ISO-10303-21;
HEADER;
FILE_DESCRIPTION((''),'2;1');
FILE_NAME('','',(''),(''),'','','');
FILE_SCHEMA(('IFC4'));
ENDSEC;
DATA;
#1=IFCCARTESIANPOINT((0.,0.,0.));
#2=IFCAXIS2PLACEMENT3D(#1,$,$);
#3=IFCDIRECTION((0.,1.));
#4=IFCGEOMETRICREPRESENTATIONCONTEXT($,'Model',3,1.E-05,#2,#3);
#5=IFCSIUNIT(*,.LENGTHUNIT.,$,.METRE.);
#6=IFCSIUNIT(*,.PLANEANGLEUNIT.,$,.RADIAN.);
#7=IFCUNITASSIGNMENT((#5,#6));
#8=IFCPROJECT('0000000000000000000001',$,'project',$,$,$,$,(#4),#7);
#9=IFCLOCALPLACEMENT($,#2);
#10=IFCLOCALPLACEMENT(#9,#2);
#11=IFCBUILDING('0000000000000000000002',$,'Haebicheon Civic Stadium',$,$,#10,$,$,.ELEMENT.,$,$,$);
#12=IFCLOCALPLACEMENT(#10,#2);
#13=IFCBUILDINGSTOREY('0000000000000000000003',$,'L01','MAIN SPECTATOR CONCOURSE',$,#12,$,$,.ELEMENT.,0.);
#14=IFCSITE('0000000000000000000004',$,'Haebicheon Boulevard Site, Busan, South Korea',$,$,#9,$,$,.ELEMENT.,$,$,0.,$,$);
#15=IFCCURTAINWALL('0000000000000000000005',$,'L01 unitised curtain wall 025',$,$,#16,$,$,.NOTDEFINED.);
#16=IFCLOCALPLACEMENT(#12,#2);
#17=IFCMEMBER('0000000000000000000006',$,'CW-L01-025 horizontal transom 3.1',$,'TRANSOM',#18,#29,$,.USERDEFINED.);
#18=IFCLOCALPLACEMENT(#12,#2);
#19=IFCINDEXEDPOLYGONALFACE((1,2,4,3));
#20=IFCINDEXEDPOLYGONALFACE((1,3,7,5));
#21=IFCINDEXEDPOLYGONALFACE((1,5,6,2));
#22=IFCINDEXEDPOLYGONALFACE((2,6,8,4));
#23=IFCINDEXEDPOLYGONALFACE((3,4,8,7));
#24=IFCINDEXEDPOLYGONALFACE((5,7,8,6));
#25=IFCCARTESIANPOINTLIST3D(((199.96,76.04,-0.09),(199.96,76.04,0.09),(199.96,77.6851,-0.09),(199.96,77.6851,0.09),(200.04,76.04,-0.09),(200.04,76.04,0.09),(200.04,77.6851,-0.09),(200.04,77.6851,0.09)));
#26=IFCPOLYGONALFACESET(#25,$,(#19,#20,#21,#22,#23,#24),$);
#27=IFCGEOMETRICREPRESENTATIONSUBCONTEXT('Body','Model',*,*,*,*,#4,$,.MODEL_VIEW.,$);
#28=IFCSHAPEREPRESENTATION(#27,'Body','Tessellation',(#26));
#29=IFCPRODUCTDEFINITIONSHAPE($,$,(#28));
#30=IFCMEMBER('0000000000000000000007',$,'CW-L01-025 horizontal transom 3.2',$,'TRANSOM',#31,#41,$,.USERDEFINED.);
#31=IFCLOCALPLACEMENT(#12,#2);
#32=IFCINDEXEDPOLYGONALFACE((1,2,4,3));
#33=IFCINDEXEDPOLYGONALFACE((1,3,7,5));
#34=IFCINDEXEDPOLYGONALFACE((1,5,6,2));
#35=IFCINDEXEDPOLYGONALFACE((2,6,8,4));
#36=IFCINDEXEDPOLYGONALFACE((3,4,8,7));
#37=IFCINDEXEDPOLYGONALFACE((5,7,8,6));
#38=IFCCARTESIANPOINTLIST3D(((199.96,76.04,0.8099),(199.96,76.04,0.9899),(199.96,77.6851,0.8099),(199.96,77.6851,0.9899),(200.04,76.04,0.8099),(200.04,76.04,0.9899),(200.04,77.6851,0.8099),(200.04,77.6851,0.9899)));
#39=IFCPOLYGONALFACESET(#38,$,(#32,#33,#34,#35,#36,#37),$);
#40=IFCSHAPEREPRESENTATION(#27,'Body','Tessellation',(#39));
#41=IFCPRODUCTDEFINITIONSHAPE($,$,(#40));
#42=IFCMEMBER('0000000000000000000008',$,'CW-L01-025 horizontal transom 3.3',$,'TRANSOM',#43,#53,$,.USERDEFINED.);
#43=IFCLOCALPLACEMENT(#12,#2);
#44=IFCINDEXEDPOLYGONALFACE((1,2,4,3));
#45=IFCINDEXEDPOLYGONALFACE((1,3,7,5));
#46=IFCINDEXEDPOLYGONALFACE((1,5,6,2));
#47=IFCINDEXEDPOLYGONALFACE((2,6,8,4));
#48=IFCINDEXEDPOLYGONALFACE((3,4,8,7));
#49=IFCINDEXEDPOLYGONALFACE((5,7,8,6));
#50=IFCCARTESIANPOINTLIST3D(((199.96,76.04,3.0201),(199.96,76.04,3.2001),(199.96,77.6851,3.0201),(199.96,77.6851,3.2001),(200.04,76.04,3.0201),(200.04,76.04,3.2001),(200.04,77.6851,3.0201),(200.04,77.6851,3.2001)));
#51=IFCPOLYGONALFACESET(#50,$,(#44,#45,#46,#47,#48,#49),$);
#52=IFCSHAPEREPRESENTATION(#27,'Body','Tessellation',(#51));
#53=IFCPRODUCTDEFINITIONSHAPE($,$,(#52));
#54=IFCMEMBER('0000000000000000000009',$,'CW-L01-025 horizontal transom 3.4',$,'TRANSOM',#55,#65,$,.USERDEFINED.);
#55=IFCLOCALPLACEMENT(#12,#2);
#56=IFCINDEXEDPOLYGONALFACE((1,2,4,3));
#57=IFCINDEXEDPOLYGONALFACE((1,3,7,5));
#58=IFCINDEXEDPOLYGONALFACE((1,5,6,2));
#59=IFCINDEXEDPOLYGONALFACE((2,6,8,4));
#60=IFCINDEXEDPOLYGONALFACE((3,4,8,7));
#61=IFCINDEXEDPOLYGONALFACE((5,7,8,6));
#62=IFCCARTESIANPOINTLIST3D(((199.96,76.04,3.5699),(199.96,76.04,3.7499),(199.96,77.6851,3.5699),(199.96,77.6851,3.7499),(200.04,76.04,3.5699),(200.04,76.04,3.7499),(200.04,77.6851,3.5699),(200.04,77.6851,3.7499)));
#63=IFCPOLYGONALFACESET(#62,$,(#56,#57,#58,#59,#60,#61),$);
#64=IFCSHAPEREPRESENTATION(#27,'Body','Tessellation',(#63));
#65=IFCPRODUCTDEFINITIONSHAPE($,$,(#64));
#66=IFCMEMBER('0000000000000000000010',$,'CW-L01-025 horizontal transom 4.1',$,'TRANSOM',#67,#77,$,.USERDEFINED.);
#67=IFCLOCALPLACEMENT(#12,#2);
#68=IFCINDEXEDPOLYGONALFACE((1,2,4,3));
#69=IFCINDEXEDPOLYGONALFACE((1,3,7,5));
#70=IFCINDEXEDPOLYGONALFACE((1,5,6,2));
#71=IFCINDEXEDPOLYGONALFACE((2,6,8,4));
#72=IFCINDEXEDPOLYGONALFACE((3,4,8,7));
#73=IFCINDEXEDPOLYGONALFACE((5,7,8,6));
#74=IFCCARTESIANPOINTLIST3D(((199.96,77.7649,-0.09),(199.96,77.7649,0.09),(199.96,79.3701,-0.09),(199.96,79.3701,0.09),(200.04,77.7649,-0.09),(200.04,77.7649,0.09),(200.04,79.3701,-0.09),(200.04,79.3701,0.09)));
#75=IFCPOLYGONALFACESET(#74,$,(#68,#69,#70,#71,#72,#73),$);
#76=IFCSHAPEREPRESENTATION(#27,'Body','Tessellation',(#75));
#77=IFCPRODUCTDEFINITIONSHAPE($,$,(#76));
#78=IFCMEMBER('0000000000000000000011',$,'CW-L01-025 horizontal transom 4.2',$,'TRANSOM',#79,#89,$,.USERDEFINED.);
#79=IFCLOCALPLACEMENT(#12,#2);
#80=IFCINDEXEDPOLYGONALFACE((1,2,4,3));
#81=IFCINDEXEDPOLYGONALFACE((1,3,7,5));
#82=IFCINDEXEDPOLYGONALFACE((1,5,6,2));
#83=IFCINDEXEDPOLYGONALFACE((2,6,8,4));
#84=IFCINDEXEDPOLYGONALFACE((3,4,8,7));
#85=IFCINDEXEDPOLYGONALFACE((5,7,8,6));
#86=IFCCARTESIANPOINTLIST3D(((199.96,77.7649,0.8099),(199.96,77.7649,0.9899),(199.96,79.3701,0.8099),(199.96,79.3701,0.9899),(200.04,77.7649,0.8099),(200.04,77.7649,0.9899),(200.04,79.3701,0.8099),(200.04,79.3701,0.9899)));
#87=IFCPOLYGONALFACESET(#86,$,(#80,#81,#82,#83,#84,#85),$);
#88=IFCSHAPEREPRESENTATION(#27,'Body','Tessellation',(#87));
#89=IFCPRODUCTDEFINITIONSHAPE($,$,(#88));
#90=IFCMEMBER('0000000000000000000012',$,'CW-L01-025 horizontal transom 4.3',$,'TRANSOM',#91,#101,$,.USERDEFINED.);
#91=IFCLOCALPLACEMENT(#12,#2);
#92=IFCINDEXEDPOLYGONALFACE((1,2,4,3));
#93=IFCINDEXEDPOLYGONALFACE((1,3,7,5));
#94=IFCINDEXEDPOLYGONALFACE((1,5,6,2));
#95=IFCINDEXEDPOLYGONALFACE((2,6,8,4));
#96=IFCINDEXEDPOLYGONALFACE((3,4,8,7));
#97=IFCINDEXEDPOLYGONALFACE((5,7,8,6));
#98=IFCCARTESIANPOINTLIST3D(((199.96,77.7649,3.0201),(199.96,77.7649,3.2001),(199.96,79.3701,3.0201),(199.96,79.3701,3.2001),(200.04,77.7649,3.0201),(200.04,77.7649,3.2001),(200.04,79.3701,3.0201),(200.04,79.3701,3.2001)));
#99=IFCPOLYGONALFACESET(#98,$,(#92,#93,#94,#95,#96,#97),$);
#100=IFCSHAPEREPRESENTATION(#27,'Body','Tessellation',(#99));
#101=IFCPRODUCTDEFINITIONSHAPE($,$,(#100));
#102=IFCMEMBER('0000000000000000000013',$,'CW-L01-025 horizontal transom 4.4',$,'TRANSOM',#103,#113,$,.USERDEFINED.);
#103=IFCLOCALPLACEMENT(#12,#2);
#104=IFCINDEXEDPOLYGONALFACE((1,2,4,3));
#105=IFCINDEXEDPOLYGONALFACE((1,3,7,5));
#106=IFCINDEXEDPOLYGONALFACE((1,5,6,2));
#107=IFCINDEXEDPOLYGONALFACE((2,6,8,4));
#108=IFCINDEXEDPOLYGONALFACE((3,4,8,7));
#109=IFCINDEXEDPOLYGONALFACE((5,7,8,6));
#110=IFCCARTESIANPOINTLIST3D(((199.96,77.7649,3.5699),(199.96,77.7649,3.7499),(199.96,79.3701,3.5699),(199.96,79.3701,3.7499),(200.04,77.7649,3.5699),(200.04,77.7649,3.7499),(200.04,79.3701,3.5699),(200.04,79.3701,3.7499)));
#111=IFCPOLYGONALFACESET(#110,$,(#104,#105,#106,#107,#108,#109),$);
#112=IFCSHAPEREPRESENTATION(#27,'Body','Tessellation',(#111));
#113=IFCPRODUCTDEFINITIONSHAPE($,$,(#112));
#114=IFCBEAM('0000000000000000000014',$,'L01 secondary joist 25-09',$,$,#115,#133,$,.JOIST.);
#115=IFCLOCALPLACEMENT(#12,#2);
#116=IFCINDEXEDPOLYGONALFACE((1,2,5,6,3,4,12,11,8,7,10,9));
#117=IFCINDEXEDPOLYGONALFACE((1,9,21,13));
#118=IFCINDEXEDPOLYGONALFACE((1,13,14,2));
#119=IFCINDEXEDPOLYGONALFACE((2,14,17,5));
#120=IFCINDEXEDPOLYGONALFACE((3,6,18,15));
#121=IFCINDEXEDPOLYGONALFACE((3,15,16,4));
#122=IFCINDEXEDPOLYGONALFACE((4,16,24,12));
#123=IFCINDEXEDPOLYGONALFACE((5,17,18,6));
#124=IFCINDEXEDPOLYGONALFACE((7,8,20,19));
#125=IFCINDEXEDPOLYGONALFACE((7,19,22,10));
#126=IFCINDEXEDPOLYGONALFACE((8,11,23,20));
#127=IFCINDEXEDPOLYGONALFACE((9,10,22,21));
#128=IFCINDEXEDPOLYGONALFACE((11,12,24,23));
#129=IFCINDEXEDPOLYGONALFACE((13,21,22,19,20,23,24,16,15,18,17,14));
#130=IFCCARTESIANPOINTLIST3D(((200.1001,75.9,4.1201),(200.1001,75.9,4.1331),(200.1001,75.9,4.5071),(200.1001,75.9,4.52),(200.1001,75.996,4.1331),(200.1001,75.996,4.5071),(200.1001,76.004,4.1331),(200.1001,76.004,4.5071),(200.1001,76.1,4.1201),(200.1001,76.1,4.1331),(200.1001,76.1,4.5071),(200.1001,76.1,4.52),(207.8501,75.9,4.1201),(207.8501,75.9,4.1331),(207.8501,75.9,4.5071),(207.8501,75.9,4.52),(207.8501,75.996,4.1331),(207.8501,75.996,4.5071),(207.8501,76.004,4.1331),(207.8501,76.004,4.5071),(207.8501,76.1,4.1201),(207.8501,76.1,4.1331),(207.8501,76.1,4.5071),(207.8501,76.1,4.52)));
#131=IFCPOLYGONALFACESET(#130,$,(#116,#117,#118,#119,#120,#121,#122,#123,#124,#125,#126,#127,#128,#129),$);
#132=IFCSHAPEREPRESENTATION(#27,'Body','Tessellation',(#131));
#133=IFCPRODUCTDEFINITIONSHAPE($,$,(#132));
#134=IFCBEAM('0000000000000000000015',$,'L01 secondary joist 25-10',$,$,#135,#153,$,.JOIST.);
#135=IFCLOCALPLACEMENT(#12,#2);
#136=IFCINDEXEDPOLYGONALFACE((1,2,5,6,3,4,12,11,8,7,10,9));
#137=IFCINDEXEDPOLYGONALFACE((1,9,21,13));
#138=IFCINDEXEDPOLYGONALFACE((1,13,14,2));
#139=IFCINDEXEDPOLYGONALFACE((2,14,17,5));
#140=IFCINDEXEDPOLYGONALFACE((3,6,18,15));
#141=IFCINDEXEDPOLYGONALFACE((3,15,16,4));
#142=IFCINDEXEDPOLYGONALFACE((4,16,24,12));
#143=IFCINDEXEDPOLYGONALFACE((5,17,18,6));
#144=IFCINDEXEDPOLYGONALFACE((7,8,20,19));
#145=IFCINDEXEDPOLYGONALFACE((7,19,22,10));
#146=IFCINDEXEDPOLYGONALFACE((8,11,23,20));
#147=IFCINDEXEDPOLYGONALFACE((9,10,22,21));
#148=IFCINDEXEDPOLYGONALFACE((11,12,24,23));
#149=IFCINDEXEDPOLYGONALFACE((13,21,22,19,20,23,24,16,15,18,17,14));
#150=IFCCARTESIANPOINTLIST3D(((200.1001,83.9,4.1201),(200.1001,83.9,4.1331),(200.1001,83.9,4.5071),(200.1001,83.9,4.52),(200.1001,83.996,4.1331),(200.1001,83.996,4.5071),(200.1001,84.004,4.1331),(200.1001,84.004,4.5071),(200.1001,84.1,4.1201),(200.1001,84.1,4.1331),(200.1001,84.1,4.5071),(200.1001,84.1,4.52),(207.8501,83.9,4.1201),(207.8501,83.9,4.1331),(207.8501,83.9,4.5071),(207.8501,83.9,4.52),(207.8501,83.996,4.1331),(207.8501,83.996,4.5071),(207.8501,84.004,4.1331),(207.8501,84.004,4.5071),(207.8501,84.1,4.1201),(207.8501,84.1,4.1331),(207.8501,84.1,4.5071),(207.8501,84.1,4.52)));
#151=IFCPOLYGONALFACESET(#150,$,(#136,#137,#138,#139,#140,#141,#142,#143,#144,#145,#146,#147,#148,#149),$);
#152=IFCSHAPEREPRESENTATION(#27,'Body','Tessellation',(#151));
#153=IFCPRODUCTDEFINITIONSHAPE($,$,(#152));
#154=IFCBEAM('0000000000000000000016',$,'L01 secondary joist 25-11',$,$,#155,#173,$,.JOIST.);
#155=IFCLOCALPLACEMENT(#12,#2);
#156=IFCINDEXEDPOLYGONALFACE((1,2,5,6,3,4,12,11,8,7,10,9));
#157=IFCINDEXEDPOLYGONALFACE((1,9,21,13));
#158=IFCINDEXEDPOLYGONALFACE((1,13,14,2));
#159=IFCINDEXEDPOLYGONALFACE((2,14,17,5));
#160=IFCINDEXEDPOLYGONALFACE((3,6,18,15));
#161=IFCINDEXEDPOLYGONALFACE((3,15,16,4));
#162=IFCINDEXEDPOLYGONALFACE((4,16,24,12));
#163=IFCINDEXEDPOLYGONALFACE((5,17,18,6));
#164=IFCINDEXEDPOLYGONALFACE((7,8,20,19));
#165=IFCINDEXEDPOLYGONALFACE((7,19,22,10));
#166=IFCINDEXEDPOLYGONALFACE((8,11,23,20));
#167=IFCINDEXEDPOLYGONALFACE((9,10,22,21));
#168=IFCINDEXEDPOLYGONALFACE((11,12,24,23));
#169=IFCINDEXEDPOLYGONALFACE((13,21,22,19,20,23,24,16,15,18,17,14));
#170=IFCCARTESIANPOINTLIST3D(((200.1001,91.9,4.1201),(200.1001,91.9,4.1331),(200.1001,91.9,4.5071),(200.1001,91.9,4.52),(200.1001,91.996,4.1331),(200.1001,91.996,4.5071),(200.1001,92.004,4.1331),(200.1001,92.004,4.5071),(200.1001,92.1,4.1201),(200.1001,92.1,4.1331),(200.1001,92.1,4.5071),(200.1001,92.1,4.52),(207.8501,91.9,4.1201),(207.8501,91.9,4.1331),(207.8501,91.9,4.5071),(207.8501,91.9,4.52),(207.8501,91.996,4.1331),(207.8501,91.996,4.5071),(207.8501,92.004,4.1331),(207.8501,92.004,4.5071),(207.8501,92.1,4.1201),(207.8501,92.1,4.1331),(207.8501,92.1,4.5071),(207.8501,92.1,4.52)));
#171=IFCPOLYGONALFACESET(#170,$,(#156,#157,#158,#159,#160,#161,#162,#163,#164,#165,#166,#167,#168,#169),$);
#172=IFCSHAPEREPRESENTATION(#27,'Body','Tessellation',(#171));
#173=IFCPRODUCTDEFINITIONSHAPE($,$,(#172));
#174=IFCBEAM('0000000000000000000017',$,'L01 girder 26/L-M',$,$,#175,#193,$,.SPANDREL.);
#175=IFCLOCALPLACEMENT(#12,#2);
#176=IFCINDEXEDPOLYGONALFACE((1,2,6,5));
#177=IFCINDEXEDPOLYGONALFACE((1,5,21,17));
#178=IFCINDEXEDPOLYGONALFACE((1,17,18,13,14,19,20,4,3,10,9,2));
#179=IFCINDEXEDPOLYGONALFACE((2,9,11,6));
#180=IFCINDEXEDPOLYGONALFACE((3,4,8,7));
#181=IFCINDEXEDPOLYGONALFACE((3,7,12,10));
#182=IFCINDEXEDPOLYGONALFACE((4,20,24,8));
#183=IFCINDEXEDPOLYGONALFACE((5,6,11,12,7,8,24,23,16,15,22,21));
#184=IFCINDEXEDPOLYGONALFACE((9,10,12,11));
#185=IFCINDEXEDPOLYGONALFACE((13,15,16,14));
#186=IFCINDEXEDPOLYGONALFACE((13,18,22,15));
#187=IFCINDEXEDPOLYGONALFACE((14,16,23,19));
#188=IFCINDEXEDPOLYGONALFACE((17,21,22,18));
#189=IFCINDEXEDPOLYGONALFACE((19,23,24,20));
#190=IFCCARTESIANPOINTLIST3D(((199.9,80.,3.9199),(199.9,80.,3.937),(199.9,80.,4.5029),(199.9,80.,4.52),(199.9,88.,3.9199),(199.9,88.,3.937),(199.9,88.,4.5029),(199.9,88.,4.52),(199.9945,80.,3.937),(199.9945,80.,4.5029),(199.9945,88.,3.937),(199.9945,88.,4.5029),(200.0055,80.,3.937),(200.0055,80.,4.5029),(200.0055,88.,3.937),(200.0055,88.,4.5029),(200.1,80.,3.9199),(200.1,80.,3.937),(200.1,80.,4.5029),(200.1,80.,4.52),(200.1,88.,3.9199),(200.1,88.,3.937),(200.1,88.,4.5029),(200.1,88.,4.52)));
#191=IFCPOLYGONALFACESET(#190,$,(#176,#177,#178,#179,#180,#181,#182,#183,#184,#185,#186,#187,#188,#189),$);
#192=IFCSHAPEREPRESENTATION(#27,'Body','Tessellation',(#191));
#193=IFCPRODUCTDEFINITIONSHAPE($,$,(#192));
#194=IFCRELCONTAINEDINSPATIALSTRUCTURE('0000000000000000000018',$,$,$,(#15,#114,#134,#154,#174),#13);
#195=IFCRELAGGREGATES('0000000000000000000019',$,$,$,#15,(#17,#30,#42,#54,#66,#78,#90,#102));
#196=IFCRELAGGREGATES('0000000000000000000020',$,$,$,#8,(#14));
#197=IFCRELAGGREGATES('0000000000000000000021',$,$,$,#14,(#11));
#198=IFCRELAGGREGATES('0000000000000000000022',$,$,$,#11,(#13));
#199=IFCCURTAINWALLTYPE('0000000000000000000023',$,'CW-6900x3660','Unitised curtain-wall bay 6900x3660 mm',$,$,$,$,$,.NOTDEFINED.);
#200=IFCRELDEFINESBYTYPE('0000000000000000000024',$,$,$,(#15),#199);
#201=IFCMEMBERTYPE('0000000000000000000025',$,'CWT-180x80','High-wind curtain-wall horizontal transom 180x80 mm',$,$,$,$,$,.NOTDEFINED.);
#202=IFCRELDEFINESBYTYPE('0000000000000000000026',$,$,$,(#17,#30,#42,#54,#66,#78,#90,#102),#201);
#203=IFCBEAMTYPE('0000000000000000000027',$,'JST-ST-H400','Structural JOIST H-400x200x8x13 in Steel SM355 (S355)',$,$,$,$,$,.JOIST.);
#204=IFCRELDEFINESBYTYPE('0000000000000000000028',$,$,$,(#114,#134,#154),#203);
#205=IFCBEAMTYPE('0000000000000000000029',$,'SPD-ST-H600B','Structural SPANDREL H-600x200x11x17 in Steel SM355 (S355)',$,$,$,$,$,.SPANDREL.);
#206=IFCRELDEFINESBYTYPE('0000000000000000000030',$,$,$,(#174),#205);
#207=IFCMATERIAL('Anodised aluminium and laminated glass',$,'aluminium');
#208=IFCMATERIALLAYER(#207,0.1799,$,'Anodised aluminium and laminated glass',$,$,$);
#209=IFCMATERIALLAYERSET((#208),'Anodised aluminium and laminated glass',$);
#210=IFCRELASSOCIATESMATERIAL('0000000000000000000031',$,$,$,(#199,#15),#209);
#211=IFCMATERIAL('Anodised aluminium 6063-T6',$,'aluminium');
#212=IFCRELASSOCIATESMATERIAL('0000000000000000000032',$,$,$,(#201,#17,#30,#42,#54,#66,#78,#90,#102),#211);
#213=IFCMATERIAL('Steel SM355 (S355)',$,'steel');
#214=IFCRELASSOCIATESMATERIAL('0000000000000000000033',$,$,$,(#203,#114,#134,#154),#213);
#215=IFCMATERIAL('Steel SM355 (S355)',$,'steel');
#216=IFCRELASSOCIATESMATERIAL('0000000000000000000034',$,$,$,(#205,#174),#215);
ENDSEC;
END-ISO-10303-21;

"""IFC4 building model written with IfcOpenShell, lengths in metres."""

from ifc_helpers import new_model, si_unit, direction, frame, origin, origin_2d, place, context, subcontext, project, spatial, rectangle, i_section, extrude, material, layer, layer_set, material_profile, profile_set, type_object, element, aggregate, save


model = new_model("IFC4")

# Units and contexts
model_context = context("Model", 3, precision=1e-05, world=origin(), true_north=direction((0.0, 1.0)))
body_context = subcontext(model_context, "Body", "Model", "MODEL_VIEW")
ifc_project = project(units=[si_unit("LENGTHUNIT", "METRE"), si_unit("PLANEANGLEUNIT", "RADIAN")], contexts=[model_context])

# Site, building, storey
site_placement = place(None, origin())
site = spatial("IfcSite", under=ifc_project, at=site_placement, Name="Haebicheon Boulevard Site, Busan, South Korea", CompositionType="ELEMENT", RefElevation=0.0)
building_placement = place(site_placement, origin())
building = spatial("IfcBuilding", under=site, at=building_placement, Name="Haebicheon Civic Stadium", CompositionType="ELEMENT")
storey_placement = place(building_placement, origin())
storey = spatial("IfcBuildingStorey", under=building, at=storey_placement, Name="L01", Description="MAIN SPECTATOR CONCOURSE", CompositionType="ELEMENT", Elevation=0.0)

# Curtain wall, members
ifc_material_1 = material(Name="Anodised aluminium and laminated glass", Category="aluminium")
ifc_layer_1 = layer(ifc_material_1, 0.1799, Name="Anodised aluminium and laminated glass")
ifc_layer_set_1 = layer_set([ifc_layer_1], Name="Anodised aluminium and laminated glass")
curtain_wall_type = type_object("IfcCurtainWallType", Name="CW-6900x3660", Description="Unitised curtain-wall bay 6900x3660 mm", PredefinedType="NOTDEFINED", material=ifc_layer_set_1)
curtain_wall_placement = place(storey_placement, origin())
curtain_wall = element("IfcCurtainWall", 1, at=curtain_wall_placement, inside=storey, type_object=curtain_wall_type, material=ifc_layer_set_1, Name="L01 unitised curtain wall 025", PredefinedType="NOTDEFINED")
ifc_material_2 = material(Name="Anodised aluminium 6063-T6", Category="aluminium")
ifc_material_profile_1 = material_profile(ifc_material_2, rectangle(XDim=0.0801, YDim=0.1799, at=origin_2d()), Name="ALU-TRAN-80x180")
ifc_profile_set_1 = profile_set([ifc_material_profile_1], Name="Anodised aluminium 6063-T6")
member_type_1 = type_object("IfcMemberType", Name="CWT-180x80", Description="High-wind curtain-wall horizontal transom 180x80 mm", PredefinedType="NOTDEFINED", material=ifc_profile_set_1)
member_1_placement = place(storey_placement, frame((200.0, 76.04, 0.0), z_axis=(0.0, 1.0, 0.0), x_axis=(-1.0, 0.0, 0.0)))
member_1 = element("IfcMember", 2, at=member_1_placement, type_object=member_type_1, material=ifc_profile_set_1, Name="CW-L01-025 horizontal transom 3.1", ObjectType="TRANSOM", PredefinedType="USERDEFINED", context=body_context, shape_type="SweptSolid", body=[
    extrude(rectangle(XDim=0.0801, YDim=0.1799, at=origin_2d()), origin(), (0.0, 0.0, 1.0), 1.645),
])
member_2_placement = place(storey_placement, frame((200.0, 76.04, 0.8999), z_axis=(0.0, 1.0, 0.0), x_axis=(-1.0, 0.0, 0.0)))
member_2 = element("IfcMember", 3, at=member_2_placement, type_object=member_type_1, material=ifc_profile_set_1, Name="CW-L01-025 horizontal transom 3.2", ObjectType="TRANSOM", PredefinedType="USERDEFINED", context=body_context, shape_type="SweptSolid", body=[
    extrude(rectangle(XDim=0.0801, YDim=0.1799, at=origin_2d()), origin(), (0.0, 0.0, 1.0), 1.645),
])
member_3_placement = place(storey_placement, frame((200.0, 76.04, 3.1101), z_axis=(0.0, 1.0, 0.0), x_axis=(-1.0, 0.0, 0.0)))
member_3 = element("IfcMember", 4, at=member_3_placement, type_object=member_type_1, material=ifc_profile_set_1, Name="CW-L01-025 horizontal transom 3.3", ObjectType="TRANSOM", PredefinedType="USERDEFINED", context=body_context, shape_type="SweptSolid", body=[
    extrude(rectangle(XDim=0.0801, YDim=0.1799, at=origin_2d()), origin(), (0.0, 0.0, 1.0), 1.645),
])
member_4_placement = place(storey_placement, frame((200.0, 76.04, 3.6599), z_axis=(0.0, 1.0, 0.0), x_axis=(-1.0, 0.0, 0.0)))
member_4 = element("IfcMember", 5, at=member_4_placement, type_object=member_type_1, material=ifc_profile_set_1, Name="CW-L01-025 horizontal transom 3.4", ObjectType="TRANSOM", PredefinedType="USERDEFINED", context=body_context, shape_type="SweptSolid", body=[
    extrude(rectangle(XDim=0.0801, YDim=0.1799, at=origin_2d()), origin(), (0.0, 0.0, 1.0), 1.645),
])
member_5_placement = place(storey_placement, frame((200.0, 77.7649, 0.0), z_axis=(0.0, 1.0, 0.0), x_axis=(-1.0, 0.0, 0.0)))
member_5 = element("IfcMember", 6, at=member_5_placement, type_object=member_type_1, material=ifc_profile_set_1, Name="CW-L01-025 horizontal transom 4.1", ObjectType="TRANSOM", PredefinedType="USERDEFINED", context=body_context, shape_type="SweptSolid", body=[
    extrude(rectangle(XDim=0.0801, YDim=0.1799, at=origin_2d()), origin(), (0.0, 0.0, 1.0), 1.6052),
])
member_6_placement = place(storey_placement, frame((200.0, 77.7649, 0.8999), z_axis=(0.0, 1.0, 0.0), x_axis=(-1.0, 0.0, 0.0)))
member_6 = element("IfcMember", 7, at=member_6_placement, type_object=member_type_1, material=ifc_profile_set_1, Name="CW-L01-025 horizontal transom 4.2", ObjectType="TRANSOM", PredefinedType="USERDEFINED", context=body_context, shape_type="SweptSolid", body=[
    extrude(rectangle(XDim=0.0801, YDim=0.1799, at=origin_2d()), origin(), (0.0, 0.0, 1.0), 1.6052),
])
member_7_placement = place(storey_placement, frame((200.0, 77.7649, 3.1101), z_axis=(0.0, 1.0, 0.0), x_axis=(-1.0, 0.0, 0.0)))
member_7 = element("IfcMember", 8, at=member_7_placement, type_object=member_type_1, material=ifc_profile_set_1, Name="CW-L01-025 horizontal transom 4.3", ObjectType="TRANSOM", PredefinedType="USERDEFINED", context=body_context, shape_type="SweptSolid", body=[
    extrude(rectangle(XDim=0.0801, YDim=0.1799, at=origin_2d()), origin(), (0.0, 0.0, 1.0), 1.6052),
])
member_8_placement = place(storey_placement, frame((200.0, 77.7649, 3.6599), z_axis=(0.0, 1.0, 0.0), x_axis=(-1.0, 0.0, 0.0)))
member_8 = element("IfcMember", 9, at=member_8_placement, type_object=member_type_1, material=ifc_profile_set_1, Name="CW-L01-025 horizontal transom 4.4", ObjectType="TRANSOM", PredefinedType="USERDEFINED", context=body_context, shape_type="SweptSolid", body=[
    extrude(rectangle(XDim=0.0801, YDim=0.1799, at=origin_2d()), origin(), (0.0, 0.0, 1.0), 1.6052),
])

# Beams
ifc_material_3 = material(Name="Steel SM355 (S355)", Category="steel")
ifc_material_profile_2 = material_profile(ifc_material_3, i_section(OverallWidth=0.2, OverallDepth=0.3999, WebThickness=0.0081, FlangeThickness=0.0129, at=origin_2d()), Name="H-400x200x8x13")
ifc_profile_set_2 = profile_set([ifc_material_profile_2], Name="Steel SM355 (S355)")
beam_type_1 = type_object("IfcBeamType", Name="JST-ST-H400", Description="Structural JOIST H-400x200x8x13 in Steel SM355 (S355)", PredefinedType="JOIST", material=ifc_profile_set_2)
for number, where, z_axis, x_axis, name in (
    (10, (200.1001, 76.0, 4.3201), (1.0, 0.0, 0.0), (0.0, 1.0, 0.0), "L01 secondary joist 25-09"),
    (11, (200.1001, 84.0, 4.3201), (1.0, 0.0, 0.0), (0.0, 1.0, 0.0), "L01 secondary joist 25-10"),
    (12, (200.1001, 92.0, 4.3201), (1.0, 0.0, 0.0), (0.0, 1.0, 0.0), "L01 secondary joist 25-11"),
):
    element("IfcBeam", number, at=place(storey_placement, frame(where, z_axis=z_axis, x_axis=x_axis)), inside=storey, type_object=beam_type_1, material=ifc_profile_set_2, Name=name, PredefinedType="JOIST", context=body_context, shape_type="SweptSolid", body=[
        extrude(i_section(OverallWidth=0.2, OverallDepth=0.3999, WebThickness=0.0081, FlangeThickness=0.0129, at=origin_2d()), origin(), (0.0, 0.0, 1.0), 7.75),
    ])
ifc_material_4 = material(Name="Steel SM355 (S355)", Category="steel")
ifc_material_profile_3 = material_profile(ifc_material_4, i_section(OverallWidth=0.2, OverallDepth=0.6001, WebThickness=0.011, FlangeThickness=0.0171, at=origin_2d()), Name="H-600x200x11x17")
ifc_profile_set_3 = profile_set([ifc_material_profile_3], Name="Steel SM355 (S355)")
beam_type_2 = type_object("IfcBeamType", Name="SPD-ST-H600B", Description="Structural SPANDREL H-600x200x11x17 in Steel SM355 (S355)", PredefinedType="SPANDREL", material=ifc_profile_set_3)
for number, where, z_axis, x_axis, name in (
    (13, (200.0, 80.0, 4.22), (0.0, 1.0, 0.0), (-1.0, 0.0, 0.0), "L01 girder 26/L-M"),
):
    element("IfcBeam", number, at=place(storey_placement, frame(where, z_axis=z_axis, x_axis=x_axis)), inside=storey, type_object=beam_type_2, material=ifc_profile_set_3, Name=name, PredefinedType="SPANDREL", context=body_context, shape_type="SweptSolid", body=[
        extrude(i_section(OverallWidth=0.2, OverallDepth=0.6001, WebThickness=0.011, FlangeThickness=0.0171, at=origin_2d()), origin(), (0.0, 0.0, 1.0), 8.0),
    ])

aggregate(curtain_wall, [member_1, member_2, member_3, member_4, member_5, member_6, member_7, member_8])

save(model, "model.ifc")
